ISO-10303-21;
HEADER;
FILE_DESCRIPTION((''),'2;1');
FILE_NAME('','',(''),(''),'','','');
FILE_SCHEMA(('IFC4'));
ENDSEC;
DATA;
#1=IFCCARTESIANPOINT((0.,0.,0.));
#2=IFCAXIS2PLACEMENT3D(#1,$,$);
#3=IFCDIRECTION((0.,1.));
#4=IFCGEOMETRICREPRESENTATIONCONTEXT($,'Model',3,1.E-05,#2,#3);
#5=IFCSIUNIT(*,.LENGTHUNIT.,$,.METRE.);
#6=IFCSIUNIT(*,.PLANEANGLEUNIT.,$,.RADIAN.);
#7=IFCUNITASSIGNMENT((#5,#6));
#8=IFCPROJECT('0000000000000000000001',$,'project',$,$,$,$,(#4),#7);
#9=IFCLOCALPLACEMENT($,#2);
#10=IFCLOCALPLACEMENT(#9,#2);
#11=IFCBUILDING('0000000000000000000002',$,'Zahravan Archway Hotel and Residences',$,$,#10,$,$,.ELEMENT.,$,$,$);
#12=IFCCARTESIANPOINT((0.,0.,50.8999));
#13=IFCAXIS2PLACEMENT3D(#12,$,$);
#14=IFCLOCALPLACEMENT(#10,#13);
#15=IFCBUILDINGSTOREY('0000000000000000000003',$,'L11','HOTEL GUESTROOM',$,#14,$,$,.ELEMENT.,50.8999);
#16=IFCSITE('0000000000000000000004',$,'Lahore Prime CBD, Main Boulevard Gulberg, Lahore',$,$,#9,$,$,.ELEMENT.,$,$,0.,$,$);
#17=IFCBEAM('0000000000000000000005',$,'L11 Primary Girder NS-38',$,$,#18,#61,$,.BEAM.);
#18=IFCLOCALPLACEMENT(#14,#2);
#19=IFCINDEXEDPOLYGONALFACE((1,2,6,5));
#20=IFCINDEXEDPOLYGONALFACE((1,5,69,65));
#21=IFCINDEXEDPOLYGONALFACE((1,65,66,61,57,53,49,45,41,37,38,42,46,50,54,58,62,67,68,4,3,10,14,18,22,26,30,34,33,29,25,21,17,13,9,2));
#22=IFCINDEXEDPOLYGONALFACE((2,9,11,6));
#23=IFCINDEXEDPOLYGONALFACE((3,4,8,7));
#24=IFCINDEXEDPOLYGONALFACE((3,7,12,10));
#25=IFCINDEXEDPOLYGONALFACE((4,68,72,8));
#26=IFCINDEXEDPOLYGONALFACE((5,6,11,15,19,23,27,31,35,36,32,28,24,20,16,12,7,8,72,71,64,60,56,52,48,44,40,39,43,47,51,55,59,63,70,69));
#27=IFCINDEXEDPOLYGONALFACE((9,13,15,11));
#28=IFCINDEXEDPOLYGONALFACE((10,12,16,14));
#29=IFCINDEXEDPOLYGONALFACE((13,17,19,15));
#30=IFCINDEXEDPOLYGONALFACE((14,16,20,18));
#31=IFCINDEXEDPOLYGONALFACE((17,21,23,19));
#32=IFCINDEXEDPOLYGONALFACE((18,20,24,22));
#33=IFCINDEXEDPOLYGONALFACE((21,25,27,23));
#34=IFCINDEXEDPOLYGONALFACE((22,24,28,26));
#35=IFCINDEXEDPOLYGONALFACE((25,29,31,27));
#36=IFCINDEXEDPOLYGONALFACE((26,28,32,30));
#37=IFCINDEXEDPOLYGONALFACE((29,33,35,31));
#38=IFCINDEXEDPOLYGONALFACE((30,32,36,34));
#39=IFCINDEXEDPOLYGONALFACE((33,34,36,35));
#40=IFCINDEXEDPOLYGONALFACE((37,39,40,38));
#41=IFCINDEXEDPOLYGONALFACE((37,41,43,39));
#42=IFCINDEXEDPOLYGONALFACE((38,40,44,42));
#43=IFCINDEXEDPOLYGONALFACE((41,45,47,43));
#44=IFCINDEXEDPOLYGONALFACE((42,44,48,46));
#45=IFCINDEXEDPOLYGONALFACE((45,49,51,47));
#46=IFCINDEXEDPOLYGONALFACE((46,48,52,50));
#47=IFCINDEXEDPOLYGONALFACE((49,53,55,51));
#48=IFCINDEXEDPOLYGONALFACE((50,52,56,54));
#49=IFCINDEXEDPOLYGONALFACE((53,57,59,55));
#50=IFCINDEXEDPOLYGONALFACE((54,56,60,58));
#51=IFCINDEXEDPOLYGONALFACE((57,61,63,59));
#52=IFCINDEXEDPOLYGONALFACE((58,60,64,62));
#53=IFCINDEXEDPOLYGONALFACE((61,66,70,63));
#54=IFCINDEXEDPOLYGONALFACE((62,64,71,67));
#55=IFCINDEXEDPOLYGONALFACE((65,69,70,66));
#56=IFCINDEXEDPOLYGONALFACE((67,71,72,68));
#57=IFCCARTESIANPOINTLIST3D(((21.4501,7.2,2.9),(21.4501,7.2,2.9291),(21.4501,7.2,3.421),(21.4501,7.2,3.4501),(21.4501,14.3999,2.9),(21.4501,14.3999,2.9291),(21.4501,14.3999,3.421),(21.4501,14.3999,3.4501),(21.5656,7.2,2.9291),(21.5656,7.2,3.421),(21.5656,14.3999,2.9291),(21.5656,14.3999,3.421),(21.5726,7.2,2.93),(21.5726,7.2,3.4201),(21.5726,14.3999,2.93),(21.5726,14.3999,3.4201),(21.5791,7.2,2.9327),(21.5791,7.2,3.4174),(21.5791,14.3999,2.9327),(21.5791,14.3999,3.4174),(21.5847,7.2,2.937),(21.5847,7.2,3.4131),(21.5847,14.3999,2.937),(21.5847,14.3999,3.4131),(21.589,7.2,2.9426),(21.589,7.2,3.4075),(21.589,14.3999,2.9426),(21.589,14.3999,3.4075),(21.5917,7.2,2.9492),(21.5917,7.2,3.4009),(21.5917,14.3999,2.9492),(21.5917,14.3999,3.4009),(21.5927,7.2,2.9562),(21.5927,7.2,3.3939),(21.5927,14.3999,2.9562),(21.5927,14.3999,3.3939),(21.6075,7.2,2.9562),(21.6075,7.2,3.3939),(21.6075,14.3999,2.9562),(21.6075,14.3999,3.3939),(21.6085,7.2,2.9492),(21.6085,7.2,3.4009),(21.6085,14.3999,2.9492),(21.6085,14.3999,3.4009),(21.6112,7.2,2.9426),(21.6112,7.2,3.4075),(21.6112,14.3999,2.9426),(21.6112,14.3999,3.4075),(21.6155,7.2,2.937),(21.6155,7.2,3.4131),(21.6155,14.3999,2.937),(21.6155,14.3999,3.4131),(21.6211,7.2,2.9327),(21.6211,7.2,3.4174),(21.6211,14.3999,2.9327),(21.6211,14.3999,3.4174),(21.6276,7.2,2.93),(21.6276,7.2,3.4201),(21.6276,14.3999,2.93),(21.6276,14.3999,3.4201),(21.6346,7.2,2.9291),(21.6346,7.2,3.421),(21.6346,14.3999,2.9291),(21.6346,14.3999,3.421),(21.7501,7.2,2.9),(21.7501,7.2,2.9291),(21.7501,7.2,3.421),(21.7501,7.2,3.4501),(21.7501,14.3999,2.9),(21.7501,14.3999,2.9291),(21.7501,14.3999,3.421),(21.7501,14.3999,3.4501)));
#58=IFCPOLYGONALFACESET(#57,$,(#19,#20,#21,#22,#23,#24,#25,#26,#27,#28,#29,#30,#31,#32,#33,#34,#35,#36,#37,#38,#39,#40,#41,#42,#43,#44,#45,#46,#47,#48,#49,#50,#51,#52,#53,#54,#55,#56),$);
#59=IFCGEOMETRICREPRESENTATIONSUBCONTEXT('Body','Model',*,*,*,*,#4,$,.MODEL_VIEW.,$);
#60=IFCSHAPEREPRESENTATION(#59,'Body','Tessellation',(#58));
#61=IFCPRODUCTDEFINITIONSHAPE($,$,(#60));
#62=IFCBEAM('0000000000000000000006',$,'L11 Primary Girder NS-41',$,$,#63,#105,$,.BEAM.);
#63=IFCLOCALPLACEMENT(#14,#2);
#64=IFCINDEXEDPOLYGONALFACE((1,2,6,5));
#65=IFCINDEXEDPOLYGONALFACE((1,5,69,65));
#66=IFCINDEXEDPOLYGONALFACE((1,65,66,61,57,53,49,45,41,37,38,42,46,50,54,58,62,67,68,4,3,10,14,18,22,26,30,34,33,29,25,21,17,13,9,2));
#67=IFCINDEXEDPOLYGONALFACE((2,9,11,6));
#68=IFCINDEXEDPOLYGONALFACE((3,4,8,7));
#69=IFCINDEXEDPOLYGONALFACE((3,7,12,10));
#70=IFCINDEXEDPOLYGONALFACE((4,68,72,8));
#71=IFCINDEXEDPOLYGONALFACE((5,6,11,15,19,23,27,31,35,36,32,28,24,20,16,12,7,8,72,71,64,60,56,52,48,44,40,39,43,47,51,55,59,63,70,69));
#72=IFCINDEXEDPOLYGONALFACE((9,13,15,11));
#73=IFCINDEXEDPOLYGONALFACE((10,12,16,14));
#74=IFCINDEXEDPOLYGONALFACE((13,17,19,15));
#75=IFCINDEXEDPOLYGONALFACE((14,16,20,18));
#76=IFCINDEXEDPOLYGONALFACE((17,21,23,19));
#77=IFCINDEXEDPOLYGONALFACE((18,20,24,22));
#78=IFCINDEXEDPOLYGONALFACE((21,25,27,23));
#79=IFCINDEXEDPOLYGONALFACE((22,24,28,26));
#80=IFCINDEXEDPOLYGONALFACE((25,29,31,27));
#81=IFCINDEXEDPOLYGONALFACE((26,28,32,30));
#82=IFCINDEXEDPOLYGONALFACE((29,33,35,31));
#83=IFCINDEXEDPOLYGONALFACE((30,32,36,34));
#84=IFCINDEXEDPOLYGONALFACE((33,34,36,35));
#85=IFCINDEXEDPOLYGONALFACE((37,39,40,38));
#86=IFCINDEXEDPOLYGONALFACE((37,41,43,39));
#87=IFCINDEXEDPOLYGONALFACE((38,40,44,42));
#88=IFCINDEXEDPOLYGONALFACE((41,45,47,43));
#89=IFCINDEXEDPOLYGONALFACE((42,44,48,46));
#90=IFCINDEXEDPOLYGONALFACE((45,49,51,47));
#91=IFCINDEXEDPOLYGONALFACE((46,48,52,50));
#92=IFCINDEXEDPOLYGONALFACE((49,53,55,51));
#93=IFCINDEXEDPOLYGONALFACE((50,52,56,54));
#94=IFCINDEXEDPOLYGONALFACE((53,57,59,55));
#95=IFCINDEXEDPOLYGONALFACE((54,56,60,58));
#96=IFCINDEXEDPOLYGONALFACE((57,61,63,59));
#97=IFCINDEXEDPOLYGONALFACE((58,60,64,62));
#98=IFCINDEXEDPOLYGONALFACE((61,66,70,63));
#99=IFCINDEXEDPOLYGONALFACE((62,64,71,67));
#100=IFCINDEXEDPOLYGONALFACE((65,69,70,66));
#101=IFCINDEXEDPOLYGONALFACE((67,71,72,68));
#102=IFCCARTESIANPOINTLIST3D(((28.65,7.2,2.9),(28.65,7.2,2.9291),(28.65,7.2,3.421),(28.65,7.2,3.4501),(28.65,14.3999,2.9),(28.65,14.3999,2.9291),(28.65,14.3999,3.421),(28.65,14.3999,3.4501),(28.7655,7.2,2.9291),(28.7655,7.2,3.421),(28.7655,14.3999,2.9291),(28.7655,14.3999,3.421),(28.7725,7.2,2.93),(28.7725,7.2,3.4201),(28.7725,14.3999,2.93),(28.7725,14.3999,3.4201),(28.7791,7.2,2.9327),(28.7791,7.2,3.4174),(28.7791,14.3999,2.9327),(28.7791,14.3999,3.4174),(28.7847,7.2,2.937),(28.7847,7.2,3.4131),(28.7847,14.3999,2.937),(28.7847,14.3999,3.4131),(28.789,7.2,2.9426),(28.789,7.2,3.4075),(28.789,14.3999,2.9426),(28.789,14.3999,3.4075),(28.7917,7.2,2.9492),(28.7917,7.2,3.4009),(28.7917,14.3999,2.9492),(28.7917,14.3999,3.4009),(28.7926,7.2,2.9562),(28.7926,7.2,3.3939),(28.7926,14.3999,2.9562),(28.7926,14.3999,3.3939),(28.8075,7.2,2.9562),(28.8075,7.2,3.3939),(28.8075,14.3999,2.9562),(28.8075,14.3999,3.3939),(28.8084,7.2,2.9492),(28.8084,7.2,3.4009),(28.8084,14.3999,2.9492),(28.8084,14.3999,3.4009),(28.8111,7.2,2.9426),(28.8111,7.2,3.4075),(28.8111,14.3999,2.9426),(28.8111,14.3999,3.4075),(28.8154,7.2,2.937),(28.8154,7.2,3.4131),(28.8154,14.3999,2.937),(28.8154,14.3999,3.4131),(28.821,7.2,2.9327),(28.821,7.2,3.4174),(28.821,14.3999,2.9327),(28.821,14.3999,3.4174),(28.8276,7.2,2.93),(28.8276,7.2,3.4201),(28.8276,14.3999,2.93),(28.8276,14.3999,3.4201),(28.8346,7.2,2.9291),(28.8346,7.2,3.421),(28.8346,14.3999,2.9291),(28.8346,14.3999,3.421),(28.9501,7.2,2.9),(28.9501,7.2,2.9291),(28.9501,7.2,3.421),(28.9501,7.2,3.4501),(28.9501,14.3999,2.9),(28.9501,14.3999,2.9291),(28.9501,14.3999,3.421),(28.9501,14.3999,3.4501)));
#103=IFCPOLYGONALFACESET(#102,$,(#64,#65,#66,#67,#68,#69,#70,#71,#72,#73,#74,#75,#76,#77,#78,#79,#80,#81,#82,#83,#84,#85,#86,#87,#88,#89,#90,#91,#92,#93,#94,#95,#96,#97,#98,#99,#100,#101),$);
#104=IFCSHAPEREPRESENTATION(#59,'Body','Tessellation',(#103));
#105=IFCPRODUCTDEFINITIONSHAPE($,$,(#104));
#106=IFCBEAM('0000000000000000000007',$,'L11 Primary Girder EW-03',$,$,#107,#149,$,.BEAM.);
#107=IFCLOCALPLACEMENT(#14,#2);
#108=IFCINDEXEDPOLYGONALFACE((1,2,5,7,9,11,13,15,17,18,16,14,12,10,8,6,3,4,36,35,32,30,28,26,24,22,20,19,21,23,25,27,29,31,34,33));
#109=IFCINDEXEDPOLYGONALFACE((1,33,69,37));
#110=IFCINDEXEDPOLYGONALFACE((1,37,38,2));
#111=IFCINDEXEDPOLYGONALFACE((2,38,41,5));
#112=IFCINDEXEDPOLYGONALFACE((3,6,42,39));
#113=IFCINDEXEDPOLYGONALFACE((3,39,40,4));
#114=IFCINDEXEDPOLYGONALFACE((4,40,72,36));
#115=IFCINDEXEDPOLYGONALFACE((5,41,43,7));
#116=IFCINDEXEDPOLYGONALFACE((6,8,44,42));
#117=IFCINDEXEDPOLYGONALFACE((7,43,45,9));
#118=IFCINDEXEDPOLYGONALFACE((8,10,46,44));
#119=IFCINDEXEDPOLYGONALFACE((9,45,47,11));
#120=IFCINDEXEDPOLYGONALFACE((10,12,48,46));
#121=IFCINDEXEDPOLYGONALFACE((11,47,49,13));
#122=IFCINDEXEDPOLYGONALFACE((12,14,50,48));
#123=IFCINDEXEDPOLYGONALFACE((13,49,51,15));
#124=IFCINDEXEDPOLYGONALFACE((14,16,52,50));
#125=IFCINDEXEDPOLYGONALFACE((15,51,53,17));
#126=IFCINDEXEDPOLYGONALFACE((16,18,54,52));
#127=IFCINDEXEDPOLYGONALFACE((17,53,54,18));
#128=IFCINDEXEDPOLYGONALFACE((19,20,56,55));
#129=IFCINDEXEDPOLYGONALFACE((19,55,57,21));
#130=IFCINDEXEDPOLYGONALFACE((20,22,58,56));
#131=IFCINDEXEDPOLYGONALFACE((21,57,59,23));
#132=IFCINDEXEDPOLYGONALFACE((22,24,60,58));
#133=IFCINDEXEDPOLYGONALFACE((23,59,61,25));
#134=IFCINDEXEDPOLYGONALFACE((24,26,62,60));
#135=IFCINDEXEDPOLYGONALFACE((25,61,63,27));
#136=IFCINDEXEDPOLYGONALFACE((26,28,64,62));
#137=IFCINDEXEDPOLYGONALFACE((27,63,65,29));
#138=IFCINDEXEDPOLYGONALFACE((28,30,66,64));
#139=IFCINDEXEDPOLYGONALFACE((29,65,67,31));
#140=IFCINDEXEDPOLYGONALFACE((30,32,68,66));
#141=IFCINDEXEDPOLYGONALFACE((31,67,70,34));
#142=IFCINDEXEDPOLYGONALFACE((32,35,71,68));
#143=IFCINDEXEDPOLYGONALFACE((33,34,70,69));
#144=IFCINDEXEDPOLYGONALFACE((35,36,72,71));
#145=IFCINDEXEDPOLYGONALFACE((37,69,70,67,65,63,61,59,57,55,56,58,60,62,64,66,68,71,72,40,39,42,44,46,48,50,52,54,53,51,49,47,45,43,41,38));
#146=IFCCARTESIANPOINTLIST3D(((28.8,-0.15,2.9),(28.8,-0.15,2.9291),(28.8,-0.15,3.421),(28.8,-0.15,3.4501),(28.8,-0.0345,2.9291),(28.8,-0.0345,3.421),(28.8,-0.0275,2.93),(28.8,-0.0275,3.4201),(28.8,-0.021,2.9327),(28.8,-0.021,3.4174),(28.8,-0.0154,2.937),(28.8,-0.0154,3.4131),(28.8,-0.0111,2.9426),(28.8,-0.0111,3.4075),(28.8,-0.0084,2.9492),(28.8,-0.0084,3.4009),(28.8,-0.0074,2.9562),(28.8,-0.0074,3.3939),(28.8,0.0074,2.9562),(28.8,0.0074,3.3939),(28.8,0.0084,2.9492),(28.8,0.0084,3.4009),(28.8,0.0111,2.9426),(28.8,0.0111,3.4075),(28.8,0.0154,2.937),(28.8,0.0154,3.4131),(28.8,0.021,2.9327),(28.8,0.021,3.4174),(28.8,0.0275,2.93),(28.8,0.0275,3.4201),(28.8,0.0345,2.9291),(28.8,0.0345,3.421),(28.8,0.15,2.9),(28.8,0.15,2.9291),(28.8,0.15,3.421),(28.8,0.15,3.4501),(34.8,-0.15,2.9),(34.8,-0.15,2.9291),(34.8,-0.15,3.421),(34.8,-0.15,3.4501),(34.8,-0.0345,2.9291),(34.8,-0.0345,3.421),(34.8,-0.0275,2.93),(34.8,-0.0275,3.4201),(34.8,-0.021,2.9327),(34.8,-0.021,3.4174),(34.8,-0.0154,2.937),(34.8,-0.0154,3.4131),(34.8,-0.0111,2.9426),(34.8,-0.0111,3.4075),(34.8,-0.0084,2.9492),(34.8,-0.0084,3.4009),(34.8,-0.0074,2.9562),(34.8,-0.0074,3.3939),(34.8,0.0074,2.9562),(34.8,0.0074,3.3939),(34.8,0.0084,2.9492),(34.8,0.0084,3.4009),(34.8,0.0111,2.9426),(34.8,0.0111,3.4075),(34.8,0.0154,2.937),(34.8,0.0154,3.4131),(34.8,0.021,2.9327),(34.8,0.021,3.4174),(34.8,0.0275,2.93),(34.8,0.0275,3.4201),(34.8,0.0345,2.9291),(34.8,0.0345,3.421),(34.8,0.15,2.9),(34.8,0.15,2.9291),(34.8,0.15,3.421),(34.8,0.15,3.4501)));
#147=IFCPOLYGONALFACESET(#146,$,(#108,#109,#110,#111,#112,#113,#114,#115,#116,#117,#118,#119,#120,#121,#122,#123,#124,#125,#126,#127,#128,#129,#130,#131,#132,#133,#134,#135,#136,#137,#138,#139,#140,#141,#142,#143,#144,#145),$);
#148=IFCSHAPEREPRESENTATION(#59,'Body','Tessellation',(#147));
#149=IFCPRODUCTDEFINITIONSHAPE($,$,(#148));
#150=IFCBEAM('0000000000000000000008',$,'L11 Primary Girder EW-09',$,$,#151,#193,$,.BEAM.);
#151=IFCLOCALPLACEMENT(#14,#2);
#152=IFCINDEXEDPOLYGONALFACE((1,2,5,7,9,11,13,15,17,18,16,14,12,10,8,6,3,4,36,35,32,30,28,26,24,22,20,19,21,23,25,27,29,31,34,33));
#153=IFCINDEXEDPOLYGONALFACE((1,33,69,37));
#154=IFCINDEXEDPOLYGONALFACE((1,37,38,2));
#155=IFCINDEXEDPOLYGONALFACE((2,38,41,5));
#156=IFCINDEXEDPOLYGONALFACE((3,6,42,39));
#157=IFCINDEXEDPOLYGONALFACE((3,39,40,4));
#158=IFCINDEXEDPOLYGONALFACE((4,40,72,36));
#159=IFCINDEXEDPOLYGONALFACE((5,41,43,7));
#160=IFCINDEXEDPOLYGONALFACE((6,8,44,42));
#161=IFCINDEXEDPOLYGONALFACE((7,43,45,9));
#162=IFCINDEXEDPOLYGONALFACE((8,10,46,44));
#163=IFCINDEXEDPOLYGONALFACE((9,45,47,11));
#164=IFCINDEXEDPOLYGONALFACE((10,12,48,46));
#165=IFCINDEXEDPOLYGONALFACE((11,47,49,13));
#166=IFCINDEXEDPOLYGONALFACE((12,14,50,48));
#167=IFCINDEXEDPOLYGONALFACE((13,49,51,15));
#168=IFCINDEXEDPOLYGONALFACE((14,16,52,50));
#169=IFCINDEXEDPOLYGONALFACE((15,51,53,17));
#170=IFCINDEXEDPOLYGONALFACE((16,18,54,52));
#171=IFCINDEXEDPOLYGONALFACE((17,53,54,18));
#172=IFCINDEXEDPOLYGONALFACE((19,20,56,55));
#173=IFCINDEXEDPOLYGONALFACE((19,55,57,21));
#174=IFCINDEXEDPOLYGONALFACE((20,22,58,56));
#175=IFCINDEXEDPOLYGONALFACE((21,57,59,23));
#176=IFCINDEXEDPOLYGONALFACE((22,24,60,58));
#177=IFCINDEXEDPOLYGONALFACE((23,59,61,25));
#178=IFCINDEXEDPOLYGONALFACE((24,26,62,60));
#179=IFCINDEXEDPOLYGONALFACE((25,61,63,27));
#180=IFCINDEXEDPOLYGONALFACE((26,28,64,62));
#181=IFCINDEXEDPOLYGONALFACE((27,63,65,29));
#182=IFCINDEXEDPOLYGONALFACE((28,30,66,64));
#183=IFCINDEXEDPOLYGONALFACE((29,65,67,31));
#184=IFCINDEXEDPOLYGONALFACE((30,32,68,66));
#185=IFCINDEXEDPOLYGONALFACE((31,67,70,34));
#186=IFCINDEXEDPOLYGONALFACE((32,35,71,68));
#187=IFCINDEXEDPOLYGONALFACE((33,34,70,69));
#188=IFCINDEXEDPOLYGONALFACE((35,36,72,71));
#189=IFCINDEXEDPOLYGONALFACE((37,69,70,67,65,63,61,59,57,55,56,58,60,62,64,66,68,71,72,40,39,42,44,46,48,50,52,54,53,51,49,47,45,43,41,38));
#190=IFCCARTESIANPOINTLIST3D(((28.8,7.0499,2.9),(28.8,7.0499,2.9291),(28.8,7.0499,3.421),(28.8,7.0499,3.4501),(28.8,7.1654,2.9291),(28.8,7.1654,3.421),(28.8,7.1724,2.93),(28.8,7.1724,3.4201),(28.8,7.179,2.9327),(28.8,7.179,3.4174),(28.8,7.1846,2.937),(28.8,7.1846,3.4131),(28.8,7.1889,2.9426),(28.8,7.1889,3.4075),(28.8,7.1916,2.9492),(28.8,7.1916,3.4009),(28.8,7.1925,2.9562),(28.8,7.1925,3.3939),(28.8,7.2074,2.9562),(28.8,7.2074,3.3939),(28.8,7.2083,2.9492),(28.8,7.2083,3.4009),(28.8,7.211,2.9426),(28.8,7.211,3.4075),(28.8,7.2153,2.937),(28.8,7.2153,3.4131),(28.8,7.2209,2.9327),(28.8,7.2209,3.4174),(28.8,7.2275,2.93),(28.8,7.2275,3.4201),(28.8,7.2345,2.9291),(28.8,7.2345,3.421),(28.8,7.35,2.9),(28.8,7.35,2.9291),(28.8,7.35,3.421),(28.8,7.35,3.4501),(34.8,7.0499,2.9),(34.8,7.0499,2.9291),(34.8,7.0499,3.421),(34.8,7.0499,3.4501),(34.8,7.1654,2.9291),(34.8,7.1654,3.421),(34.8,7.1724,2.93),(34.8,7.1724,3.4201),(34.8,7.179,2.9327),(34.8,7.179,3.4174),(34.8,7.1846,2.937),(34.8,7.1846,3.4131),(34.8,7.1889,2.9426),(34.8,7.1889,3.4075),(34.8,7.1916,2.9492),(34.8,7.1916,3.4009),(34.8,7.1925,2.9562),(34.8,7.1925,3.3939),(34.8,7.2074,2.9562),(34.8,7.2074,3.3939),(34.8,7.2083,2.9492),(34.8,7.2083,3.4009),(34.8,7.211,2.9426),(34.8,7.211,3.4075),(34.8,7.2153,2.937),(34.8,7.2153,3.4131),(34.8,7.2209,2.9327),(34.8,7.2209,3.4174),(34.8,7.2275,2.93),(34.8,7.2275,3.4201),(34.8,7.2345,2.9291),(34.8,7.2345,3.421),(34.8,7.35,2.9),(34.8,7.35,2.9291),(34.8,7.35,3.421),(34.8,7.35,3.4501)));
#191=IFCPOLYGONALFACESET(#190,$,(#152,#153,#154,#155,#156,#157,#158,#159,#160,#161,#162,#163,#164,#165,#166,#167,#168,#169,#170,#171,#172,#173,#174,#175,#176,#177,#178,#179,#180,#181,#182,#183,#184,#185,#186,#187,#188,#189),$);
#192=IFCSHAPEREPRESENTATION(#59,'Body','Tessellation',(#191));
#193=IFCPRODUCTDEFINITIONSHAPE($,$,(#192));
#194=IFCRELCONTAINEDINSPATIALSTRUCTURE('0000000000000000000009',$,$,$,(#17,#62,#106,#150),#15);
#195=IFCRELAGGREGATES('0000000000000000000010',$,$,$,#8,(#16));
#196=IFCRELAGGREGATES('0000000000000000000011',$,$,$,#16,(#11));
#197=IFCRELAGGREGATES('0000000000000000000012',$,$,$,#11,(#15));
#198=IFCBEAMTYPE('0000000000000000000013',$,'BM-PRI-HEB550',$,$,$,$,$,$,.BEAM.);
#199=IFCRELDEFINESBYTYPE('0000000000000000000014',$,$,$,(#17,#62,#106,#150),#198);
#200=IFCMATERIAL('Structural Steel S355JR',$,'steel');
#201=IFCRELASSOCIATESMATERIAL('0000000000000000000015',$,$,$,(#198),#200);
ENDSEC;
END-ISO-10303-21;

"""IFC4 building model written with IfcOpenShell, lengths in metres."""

from ifc_helpers import new_model, si_unit, direction, frame, origin, origin_2d, place, context, subcontext, project, spatial, i_section, extrude, source, transform, mapped, material, material_profile, profile_set, type_object, element, save


model = new_model("IFC4")

# Units and contexts
model_context = context("Model", 3, precision=1e-05, world=origin(), true_north=direction((0.0, 1.0)))
body_context = subcontext(model_context, "Body", "Model", "MODEL_VIEW")
ifc_project = project(units=[si_unit("LENGTHUNIT", "METRE"), si_unit("PLANEANGLEUNIT", "RADIAN")], contexts=[model_context])

# Site, building, storey
site_placement = place(None, origin())
site = spatial("IfcSite", under=ifc_project, at=site_placement, Name="Lahore Prime CBD, Main Boulevard Gulberg, Lahore", CompositionType="ELEMENT", RefElevation=0.0)
building_placement = place(site_placement, origin())
building = spatial("IfcBuilding", under=site, at=building_placement, Name="Zahravan Archway Hotel and Residences", CompositionType="ELEMENT")
storey_placement = place(building_placement, frame((0.0, 0.0, 50.8999)))
storey = spatial("IfcBuildingStorey", under=building, at=storey_placement, Name="L11", Description="HOTEL GUESTROOM", CompositionType="ELEMENT", Elevation=50.8999)

# Beams
ifc_material_1 = material(Name="Structural Steel S355JR", Category="steel")
ifc_material_profile_1 = material_profile(ifc_material_1, i_section(OverallWidth=0.3, OverallDepth=0.55, WebThickness=0.0149, FlangeThickness=0.0291, FilletRadius=0.0271, at=origin_2d()), Name="HEB 550", Category="steel")
ifc_profile_set_1 = profile_set([ifc_material_profile_1], Name="Structural Steel S355JR")
beam_type_1 = type_object("IfcBeamType", Name="BM-PRI-HEB550", PredefinedType="BEAM", material=ifc_profile_set_1)
shared_shape_1 = source(origin(), body_context, "Body", "SweptSolid", [
    extrude(i_section(OverallWidth=0.3, OverallDepth=0.55, WebThickness=0.0149, FlangeThickness=0.0291, FilletRadius=0.0271, at=origin_2d()), origin(), (0.0, 0.0, 1.0), 7.2),
])
for number, where, z_axis, x_axis, name in (
    (1, (21.6001, 7.2, 3.175), (0.0, 1.0, 0.0), (-1.0, 0.0, 0.0), "L11 Primary Girder NS-38"),
    (2, (28.8, 7.2, 3.175), (0.0, 1.0, 0.0), (-1.0, 0.0, 0.0), "L11 Primary Girder NS-41"),
):
    element("IfcBeam", number, at=place(storey_placement, frame(where, z_axis=z_axis, x_axis=x_axis)), inside=storey, type_object=beam_type_1, Name=name, PredefinedType="BEAM", context=body_context, shape_type="MappedRepresentation", body=[
        mapped(shared_shape_1, transform((0.0, 0.0, 0.0), scale=1.0)),
    ])
shared_shape_2 = source(origin(), body_context, "Body", "SweptSolid", [
    extrude(i_section(OverallWidth=0.3, OverallDepth=0.55, WebThickness=0.0149, FlangeThickness=0.0291, FilletRadius=0.0271, at=origin_2d()), origin(), (0.0, 0.0, 1.0), 6.0),
])
for number, where, z_axis, x_axis, name in (
    (3, (28.8, 0.0, 3.175), (1.0, 0.0, 0.0), (0.0, 1.0, 0.0), "L11 Primary Girder EW-03"),
    (4, (28.8, 7.2, 3.175), (1.0, 0.0, 0.0), (0.0, 1.0, 0.0), "L11 Primary Girder EW-09"),
):
    element("IfcBeam", number, at=place(storey_placement, frame(where, z_axis=z_axis, x_axis=x_axis)), inside=storey, type_object=beam_type_1, Name=name, PredefinedType="BEAM", context=body_context, shape_type="MappedRepresentation", body=[
        mapped(shared_shape_2, transform((0.0, 0.0, 0.0), scale=1.0)),
    ])

save(model, "model.ifc")
